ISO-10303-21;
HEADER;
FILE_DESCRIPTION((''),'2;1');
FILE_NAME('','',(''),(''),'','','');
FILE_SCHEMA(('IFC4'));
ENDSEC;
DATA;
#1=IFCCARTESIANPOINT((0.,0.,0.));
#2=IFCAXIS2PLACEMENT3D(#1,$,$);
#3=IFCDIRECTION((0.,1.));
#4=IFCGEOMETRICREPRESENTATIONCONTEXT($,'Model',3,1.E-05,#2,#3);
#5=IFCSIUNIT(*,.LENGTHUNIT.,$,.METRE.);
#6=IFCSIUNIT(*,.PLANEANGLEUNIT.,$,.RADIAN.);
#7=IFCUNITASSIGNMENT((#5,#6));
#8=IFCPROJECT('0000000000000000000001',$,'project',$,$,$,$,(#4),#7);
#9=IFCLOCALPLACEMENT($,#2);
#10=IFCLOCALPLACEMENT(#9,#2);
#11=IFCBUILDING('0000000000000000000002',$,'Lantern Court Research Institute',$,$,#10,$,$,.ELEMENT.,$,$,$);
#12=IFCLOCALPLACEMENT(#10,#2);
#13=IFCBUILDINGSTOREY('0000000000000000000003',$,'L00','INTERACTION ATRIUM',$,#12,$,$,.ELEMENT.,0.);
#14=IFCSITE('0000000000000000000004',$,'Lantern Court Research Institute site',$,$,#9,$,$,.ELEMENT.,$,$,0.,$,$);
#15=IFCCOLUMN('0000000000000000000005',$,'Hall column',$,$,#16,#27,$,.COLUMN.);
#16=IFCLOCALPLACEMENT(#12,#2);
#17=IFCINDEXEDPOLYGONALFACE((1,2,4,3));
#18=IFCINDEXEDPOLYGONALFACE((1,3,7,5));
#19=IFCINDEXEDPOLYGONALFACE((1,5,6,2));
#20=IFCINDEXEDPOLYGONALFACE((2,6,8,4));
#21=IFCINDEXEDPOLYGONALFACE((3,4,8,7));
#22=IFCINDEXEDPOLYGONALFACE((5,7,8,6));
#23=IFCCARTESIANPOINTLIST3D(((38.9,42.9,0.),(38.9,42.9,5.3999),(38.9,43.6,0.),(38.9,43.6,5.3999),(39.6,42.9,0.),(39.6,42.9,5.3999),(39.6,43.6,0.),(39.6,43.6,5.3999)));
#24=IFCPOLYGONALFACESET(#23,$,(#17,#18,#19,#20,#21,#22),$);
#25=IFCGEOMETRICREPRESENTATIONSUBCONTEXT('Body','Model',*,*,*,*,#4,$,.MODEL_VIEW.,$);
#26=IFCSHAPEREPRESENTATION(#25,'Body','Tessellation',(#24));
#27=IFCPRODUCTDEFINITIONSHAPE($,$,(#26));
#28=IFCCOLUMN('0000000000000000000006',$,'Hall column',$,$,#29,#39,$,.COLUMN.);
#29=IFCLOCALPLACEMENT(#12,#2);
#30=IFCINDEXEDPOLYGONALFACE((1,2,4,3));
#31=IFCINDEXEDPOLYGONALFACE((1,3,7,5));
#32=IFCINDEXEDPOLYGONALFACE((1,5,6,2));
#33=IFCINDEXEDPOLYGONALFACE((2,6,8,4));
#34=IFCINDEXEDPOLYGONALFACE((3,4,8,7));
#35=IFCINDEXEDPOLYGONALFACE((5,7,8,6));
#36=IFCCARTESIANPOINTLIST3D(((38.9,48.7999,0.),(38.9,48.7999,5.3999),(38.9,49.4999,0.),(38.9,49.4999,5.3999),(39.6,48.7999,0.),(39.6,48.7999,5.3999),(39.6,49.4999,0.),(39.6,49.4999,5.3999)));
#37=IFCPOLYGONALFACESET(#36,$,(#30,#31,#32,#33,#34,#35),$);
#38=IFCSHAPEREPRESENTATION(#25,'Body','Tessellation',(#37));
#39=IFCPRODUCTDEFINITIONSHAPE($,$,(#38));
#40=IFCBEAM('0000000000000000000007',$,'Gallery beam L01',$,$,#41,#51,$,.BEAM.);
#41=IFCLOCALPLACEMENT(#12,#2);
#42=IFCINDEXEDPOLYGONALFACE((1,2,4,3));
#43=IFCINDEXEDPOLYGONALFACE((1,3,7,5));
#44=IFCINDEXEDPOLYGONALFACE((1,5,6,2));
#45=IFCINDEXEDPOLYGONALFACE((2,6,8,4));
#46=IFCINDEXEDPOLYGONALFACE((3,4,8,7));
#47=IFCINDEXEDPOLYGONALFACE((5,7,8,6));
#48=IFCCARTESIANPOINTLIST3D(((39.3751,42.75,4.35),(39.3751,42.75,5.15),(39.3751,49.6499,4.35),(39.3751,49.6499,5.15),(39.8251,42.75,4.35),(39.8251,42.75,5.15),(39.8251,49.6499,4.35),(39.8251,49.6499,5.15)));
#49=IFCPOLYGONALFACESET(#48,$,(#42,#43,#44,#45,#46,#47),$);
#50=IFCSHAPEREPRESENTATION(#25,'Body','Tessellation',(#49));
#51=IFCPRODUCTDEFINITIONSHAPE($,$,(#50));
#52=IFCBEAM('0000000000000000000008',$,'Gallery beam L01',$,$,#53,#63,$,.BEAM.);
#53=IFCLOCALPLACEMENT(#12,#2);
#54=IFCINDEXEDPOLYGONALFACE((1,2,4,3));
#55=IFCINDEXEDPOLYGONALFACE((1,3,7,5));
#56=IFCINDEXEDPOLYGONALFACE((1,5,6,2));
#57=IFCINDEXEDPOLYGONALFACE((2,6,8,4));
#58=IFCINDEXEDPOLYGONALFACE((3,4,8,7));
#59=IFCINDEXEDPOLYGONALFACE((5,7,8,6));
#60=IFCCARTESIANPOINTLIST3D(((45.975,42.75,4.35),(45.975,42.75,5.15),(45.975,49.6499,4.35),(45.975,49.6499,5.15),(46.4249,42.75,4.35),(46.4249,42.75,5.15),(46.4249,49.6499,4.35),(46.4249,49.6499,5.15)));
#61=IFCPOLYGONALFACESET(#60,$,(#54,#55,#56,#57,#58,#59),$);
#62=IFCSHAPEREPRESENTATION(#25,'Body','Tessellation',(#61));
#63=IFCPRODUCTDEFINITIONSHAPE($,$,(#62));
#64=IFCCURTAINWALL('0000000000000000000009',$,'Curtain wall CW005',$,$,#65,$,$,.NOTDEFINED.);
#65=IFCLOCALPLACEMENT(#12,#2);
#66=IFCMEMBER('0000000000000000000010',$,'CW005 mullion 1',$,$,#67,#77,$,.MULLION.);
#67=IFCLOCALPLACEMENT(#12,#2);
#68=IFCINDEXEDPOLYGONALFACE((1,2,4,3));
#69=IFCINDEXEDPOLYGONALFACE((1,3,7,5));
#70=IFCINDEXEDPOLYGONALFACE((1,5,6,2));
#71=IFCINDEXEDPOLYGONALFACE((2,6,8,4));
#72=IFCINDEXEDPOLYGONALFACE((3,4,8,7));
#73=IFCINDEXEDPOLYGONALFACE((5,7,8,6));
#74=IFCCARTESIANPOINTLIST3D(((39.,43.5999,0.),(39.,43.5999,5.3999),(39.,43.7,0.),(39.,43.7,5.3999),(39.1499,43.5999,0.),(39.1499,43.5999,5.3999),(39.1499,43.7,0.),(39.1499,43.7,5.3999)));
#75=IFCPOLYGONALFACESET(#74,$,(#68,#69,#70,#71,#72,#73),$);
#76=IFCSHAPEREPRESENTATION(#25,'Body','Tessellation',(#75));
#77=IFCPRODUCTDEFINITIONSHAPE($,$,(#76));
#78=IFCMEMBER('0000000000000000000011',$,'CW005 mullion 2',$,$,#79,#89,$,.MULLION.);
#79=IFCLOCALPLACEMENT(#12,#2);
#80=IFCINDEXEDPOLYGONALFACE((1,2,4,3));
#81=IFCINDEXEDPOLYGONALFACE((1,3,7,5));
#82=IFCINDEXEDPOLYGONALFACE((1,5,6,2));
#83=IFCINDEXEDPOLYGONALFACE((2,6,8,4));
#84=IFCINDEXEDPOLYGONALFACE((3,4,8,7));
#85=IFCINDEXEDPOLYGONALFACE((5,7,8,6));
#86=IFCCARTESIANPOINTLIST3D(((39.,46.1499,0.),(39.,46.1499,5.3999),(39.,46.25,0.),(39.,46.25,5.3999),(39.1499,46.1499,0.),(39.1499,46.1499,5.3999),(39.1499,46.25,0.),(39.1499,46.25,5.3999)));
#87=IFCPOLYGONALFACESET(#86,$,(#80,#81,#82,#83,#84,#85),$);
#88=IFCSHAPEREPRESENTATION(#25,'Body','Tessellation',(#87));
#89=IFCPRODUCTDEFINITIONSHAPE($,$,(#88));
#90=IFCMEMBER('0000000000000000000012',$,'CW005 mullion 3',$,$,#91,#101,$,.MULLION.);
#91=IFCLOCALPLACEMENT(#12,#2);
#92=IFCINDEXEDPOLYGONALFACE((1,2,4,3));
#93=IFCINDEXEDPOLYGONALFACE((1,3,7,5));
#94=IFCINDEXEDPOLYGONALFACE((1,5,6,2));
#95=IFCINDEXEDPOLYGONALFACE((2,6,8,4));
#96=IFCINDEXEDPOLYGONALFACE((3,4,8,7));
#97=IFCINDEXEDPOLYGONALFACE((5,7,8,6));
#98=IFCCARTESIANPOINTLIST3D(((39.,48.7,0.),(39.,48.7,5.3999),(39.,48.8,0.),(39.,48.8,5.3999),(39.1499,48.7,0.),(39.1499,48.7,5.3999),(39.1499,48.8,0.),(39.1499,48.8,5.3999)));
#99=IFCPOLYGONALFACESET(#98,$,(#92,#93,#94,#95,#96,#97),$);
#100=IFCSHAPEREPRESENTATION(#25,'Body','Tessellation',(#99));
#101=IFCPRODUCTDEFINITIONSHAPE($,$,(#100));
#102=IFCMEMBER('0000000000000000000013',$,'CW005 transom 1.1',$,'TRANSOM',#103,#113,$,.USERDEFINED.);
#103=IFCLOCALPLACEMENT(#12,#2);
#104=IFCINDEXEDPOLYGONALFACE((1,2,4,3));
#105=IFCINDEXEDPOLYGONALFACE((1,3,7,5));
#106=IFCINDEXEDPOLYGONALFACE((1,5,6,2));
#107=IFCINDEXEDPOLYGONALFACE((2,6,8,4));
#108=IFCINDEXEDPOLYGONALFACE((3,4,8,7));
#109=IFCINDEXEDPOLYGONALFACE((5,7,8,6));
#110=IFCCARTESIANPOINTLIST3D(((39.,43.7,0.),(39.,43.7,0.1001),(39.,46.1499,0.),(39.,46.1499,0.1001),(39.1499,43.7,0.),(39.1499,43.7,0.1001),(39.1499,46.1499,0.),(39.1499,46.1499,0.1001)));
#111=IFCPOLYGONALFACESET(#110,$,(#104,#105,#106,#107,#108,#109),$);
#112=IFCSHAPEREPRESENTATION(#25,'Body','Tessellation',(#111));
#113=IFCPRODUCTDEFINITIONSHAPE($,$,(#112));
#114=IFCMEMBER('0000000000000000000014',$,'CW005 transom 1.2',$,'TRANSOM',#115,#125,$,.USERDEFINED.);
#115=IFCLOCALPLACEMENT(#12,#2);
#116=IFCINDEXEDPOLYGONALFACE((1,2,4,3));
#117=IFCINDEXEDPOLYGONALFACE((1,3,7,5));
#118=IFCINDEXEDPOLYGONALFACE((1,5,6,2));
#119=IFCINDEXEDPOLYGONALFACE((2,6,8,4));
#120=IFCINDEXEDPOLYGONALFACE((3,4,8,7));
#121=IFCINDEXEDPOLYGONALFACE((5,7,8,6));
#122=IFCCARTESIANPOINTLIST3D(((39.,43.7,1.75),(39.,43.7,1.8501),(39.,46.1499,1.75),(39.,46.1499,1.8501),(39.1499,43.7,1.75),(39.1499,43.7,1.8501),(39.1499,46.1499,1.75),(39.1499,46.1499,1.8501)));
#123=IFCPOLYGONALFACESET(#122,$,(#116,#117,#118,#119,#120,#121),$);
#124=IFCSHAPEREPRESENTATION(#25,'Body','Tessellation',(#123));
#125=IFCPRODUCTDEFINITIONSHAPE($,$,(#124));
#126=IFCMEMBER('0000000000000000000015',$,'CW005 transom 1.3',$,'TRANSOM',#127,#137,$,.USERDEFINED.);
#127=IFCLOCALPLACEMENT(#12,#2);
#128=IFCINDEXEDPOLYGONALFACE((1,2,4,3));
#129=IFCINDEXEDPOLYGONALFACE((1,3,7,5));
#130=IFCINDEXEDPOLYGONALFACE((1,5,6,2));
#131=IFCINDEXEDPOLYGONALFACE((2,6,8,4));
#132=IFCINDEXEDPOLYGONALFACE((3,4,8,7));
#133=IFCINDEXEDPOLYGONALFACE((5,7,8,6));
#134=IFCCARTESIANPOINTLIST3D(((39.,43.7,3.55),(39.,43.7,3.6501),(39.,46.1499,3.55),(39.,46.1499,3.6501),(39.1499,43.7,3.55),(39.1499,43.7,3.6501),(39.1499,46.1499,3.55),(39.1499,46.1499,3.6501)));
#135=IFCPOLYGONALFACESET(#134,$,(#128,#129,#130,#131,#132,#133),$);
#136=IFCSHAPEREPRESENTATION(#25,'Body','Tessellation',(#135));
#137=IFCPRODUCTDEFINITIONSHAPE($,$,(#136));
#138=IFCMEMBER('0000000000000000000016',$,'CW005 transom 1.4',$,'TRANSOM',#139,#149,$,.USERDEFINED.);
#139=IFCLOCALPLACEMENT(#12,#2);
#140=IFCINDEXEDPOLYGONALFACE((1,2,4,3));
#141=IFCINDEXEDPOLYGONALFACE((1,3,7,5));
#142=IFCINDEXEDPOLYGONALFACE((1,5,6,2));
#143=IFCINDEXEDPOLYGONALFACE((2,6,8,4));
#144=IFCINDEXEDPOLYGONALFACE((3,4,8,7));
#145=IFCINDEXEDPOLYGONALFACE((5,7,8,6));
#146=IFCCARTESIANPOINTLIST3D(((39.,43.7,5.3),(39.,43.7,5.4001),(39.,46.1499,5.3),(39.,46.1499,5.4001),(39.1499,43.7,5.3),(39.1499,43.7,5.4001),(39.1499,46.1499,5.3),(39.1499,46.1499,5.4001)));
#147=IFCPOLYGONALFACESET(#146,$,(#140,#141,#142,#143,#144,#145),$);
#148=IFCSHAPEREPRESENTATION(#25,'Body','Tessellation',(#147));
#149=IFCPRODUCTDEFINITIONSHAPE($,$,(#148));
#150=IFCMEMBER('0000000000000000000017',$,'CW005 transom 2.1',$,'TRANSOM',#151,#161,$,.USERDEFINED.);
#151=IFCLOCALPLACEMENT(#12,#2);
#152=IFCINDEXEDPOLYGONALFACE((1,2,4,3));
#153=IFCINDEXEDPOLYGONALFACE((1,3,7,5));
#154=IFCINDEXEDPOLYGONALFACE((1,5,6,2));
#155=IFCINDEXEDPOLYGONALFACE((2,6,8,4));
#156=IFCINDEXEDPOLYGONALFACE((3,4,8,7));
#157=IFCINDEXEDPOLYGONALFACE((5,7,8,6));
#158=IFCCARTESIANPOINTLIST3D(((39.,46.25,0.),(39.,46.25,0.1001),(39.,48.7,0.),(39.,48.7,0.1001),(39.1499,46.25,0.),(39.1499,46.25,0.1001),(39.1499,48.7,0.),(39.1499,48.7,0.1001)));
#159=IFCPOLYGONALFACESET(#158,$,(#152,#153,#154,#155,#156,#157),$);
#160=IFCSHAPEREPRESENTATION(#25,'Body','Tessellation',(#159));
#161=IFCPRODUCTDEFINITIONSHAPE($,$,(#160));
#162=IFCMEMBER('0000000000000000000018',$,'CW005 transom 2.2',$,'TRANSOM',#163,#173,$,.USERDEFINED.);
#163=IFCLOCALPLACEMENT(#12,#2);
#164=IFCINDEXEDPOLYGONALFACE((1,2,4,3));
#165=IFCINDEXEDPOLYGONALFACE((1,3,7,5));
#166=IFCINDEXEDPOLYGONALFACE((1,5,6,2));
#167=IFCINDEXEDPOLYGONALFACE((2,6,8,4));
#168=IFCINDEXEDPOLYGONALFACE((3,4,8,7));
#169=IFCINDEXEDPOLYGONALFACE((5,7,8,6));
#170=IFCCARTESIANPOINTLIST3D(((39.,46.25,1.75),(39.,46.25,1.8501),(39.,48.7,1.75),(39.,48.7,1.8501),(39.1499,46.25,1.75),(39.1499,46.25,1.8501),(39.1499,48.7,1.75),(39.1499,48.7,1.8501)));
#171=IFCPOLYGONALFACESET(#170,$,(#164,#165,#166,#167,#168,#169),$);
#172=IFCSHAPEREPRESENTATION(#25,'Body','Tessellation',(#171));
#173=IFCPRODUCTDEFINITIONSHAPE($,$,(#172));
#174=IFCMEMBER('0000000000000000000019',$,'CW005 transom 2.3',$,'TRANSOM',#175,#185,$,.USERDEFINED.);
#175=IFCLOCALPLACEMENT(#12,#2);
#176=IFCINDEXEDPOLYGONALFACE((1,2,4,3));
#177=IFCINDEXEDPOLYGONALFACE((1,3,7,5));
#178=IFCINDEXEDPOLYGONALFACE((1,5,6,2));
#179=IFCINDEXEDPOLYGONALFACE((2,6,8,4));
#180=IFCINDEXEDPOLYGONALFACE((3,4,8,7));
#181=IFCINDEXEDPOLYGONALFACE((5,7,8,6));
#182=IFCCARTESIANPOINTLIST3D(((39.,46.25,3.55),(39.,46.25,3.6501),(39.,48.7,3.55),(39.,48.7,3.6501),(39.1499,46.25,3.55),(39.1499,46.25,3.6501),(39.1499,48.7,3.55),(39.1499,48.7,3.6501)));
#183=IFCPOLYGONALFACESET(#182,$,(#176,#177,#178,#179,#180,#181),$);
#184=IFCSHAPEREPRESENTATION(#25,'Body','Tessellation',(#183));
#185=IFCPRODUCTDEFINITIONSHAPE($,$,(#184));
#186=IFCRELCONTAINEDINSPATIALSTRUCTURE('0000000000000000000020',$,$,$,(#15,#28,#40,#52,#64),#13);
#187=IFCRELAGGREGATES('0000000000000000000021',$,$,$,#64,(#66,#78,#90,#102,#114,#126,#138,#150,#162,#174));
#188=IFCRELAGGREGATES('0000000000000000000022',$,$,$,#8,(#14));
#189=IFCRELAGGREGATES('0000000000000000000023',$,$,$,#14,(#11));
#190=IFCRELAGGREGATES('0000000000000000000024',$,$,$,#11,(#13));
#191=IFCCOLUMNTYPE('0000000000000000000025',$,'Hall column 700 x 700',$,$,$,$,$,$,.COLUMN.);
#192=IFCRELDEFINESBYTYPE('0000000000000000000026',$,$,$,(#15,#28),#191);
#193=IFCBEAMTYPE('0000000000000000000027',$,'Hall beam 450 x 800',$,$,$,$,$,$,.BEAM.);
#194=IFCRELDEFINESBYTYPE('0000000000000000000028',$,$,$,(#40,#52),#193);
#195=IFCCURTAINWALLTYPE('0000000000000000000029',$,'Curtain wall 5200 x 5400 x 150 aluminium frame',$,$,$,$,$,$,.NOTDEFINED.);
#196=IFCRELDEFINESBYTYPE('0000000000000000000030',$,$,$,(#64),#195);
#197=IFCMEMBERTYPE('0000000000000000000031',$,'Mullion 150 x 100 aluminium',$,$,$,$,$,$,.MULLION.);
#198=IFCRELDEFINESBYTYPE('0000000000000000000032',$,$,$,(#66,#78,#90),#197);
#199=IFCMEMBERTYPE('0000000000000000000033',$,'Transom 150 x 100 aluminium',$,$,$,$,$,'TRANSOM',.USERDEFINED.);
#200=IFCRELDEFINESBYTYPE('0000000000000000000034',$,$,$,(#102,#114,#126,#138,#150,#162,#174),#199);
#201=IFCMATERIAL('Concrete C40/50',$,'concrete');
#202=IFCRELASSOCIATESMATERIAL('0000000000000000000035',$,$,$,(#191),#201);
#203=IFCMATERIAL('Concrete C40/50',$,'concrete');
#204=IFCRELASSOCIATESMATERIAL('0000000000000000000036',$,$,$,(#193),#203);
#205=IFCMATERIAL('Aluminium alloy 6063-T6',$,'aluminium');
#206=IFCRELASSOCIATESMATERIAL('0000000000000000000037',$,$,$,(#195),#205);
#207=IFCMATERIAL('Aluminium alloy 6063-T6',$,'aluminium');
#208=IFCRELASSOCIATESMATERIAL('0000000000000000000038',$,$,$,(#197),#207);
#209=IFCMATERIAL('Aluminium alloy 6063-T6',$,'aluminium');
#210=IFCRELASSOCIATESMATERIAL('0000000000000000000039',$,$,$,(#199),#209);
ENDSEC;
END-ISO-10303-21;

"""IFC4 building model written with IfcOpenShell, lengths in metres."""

from ifc_helpers import new_model, si_unit, direction, frame, origin, origin_2d, place, context, subcontext, project, spatial, rectangle, extrude, material, material_profile, profile_set, type_object, element, aggregate, save


model = new_model("IFC4")

# Units and contexts
model_context = context("Model", 3, precision=1e-05, world=origin(), true_north=direction((0.0, 1.0)))
body_context = subcontext(model_context, "Body", "Model", "MODEL_VIEW")
ifc_project = project(units=[si_unit("LENGTHUNIT", "METRE"), si_unit("PLANEANGLEUNIT", "RADIAN")], contexts=[model_context])

# Site, building, storey
site_placement = place(None, origin())
site = spatial("IfcSite", under=ifc_project, at=site_placement, Name="Lantern Court Research Institute site", CompositionType="ELEMENT", RefElevation=0.0)
building_placement = place(site_placement, origin())
building = spatial("IfcBuilding", under=site, at=building_placement, Name="Lantern Court Research Institute", CompositionType="ELEMENT")
storey_placement = place(building_placement, origin())
storey = spatial("IfcBuildingStorey", under=building, at=storey_placement, Name="L00", Description="INTERACTION ATRIUM", CompositionType="ELEMENT", Elevation=0.0)

# Columns
ifc_material_1 = material(Name="Concrete C40/50", Category="concrete")
ifc_material_profile_1 = material_profile(ifc_material_1, rectangle(XDim=0.7, YDim=0.7, at=origin_2d()), Name="Hall column 700 x 700")
ifc_profile_set_1 = profile_set([ifc_material_profile_1], Name="Concrete C40/50")
column_type = type_object("IfcColumnType", Name="Hall column 700 x 700", PredefinedType="COLUMN", material=ifc_profile_set_1)
for number, where, z_axis, x_axis, name in (
    (1, (39.25, 43.25, 0.0), (0.0, 0.0, 1.0), (1.0, 0.0, 0.0), "Hall column"),
    (2, (39.25, 49.1499, 0.0), (0.0, 0.0, 1.0), (1.0, 0.0, 0.0), "Hall column"),
):
    element("IfcColumn", number, at=place(storey_placement, frame(where, z_axis=z_axis, x_axis=x_axis)), inside=storey, type_object=column_type, Name=name, PredefinedType="COLUMN", context=body_context, shape_type="SweptSolid", body=[
        extrude(rectangle(XDim=0.7, YDim=0.7, at=origin_2d()), origin(), (0.0, 0.0, 1.0), 5.3999),
    ])

# Beams
ifc_material_2 = material(Name="Concrete C40/50", Category="concrete")
ifc_material_profile_2 = material_profile(ifc_material_2, rectangle(XDim=0.45, YDim=0.8, at=origin_2d()), Name="Hall beam 450 x 800")
ifc_profile_set_2 = profile_set([ifc_material_profile_2], Name="Concrete C40/50")
beam_type = type_object("IfcBeamType", Name="Hall beam 450 x 800", PredefinedType="BEAM", material=ifc_profile_set_2)
for number, where, z_axis, x_axis, name in (
    (3, (39.6001, 42.75, 4.75), (0.0, 1.0, 0.0), (-1.0, 0.0, 0.0), "Gallery beam L01"),
    (4, (46.2, 42.75, 4.75), (0.0, 1.0, 0.0), (-1.0, 0.0, 0.0), "Gallery beam L01"),
):
    element("IfcBeam", number, at=place(storey_placement, frame(where, z_axis=z_axis, x_axis=x_axis)), inside=storey, type_object=beam_type, Name=name, PredefinedType="BEAM", context=body_context, shape_type="SweptSolid", body=[
        extrude(rectangle(XDim=0.45, YDim=0.8, at=origin_2d()), origin(), (0.0, 0.0, 1.0), 6.8999),
    ])

# Curtain wall, members
ifc_material_3 = material(Name="Aluminium alloy 6063-T6", Category="aluminium")
curtain_wall_type = type_object("IfcCurtainWallType", Name="Curtain wall 5200 x 5400 x 150 aluminium frame", PredefinedType="NOTDEFINED", material=ifc_material_3)
curtain_wall_placement = place(storey_placement, origin())
curtain_wall = element("IfcCurtainWall", 5, at=curtain_wall_placement, inside=storey, type_object=curtain_wall_type, Name="Curtain wall CW005", PredefinedType="NOTDEFINED")
ifc_material_4 = material(Name="Aluminium alloy 6063-T6", Category="aluminium")
ifc_material_profile_3 = material_profile(ifc_material_4, rectangle(XDim=0.1499, YDim=0.1001, at=origin_2d()), Name="Mullion 150 x 100")
ifc_profile_set_3 = profile_set([ifc_material_profile_3], Name="Aluminium alloy 6063-T6")
member_type_1 = type_object("IfcMemberType", Name="Mullion 150 x 100 aluminium", PredefinedType="MULLION", material=ifc_profile_set_3)
member_1_placement = place(storey_placement, frame((39.075, 43.6499, 0.0), z_axis=(0.0, 0.0, 1.0), x_axis=(-1.0, 0.0, 0.0)))
member_1 = element("IfcMember", 6, at=member_1_placement, type_object=member_type_1, Name="CW005 mullion 1", PredefinedType="MULLION", context=body_context, shape_type="SweptSolid", body=[
    extrude(rectangle(XDim=0.1499, YDim=0.1001, at=origin_2d()), origin(), (0.0, 0.0, 1.0), 5.3999),
])
member_2_placement = place(storey_placement, frame((39.075, 46.2, 0.0), z_axis=(0.0, 0.0, 1.0), x_axis=(-1.0, 0.0, 0.0)))
member_2 = element("IfcMember", 7, at=member_2_placement, type_object=member_type_1, Name="CW005 mullion 2", PredefinedType="MULLION", context=body_context, shape_type="SweptSolid", body=[
    extrude(rectangle(XDim=0.1499, YDim=0.1001, at=origin_2d()), origin(), (0.0, 0.0, 1.0), 5.3999),
])
member_3_placement = place(storey_placement, frame((39.075, 48.75, 0.0), z_axis=(0.0, 0.0, 1.0), x_axis=(-1.0, 0.0, 0.0)))
member_3 = element("IfcMember", 8, at=member_3_placement, type_object=member_type_1, Name="CW005 mullion 3", PredefinedType="MULLION", context=body_context, shape_type="SweptSolid", body=[
    extrude(rectangle(XDim=0.1499, YDim=0.1001, at=origin_2d()), origin(), (0.0, 0.0, 1.0), 5.3999),
])
ifc_material_5 = material(Name="Aluminium alloy 6063-T6", Category="aluminium")
ifc_material_profile_4 = material_profile(ifc_material_5, rectangle(XDim=0.1499, YDim=0.1001, at=origin_2d()), Name="Transom 150 x 100")
ifc_profile_set_4 = profile_set([ifc_material_profile_4], Name="Aluminium alloy 6063-T6")
member_type_2 = type_object("IfcMemberType", Name="Transom 150 x 100 aluminium", ElementType="TRANSOM", PredefinedType="USERDEFINED", material=ifc_profile_set_4)
member_4_placement = place(storey_placement, frame((39.075, 43.7, 0.05), z_axis=(0.0, 1.0, 0.0), x_axis=(-1.0, 0.0, 0.0)))
member_4 = element("IfcMember", 9, at=member_4_placement, type_object=member_type_2, Name="CW005 transom 1.1", ObjectType="TRANSOM", PredefinedType="USERDEFINED", context=body_context, shape_type="SweptSolid", body=[
    extrude(rectangle(XDim=0.1499, YDim=0.1001, at=origin_2d()), origin(), (0.0, 0.0, 1.0), 2.45),
])
member_5_placement = place(storey_placement, frame((39.075, 43.7, 1.8), z_axis=(0.0, 1.0, 0.0), x_axis=(-1.0, 0.0, 0.0)))
member_5 = element("IfcMember", 10, at=member_5_placement, type_object=member_type_2, Name="CW005 transom 1.2", ObjectType="TRANSOM", PredefinedType="USERDEFINED", context=body_context, shape_type="SweptSolid", body=[
    extrude(rectangle(XDim=0.1499, YDim=0.1001, at=origin_2d()), origin(), (0.0, 0.0, 1.0), 2.45),
])
member_6_placement = place(storey_placement, frame((39.075, 43.7, 3.6001), z_axis=(0.0, 1.0, 0.0), x_axis=(-1.0, 0.0, 0.0)))
member_6 = element("IfcMember", 11, at=member_6_placement, type_object=member_type_2, Name="CW005 transom 1.3", ObjectType="TRANSOM", PredefinedType="USERDEFINED", context=body_context, shape_type="SweptSolid", body=[
    extrude(rectangle(XDim=0.1499, YDim=0.1001, at=origin_2d()), origin(), (0.0, 0.0, 1.0), 2.45),
])
member_7_placement = place(storey_placement, frame((39.075, 43.7, 5.3501), z_axis=(0.0, 1.0, 0.0), x_axis=(-1.0, 0.0, 0.0)))
member_7 = element("IfcMember", 12, at=member_7_placement, type_object=member_type_2, Name="CW005 transom 1.4", ObjectType="TRANSOM", PredefinedType="USERDEFINED", context=body_context, shape_type="SweptSolid", body=[
    extrude(rectangle(XDim=0.1499, YDim=0.1001, at=origin_2d()), origin(), (0.0, 0.0, 1.0), 2.45),
])
member_8_placement = place(storey_placement, frame((39.075, 46.25, 0.05), z_axis=(0.0, 1.0, 0.0), x_axis=(-1.0, 0.0, 0.0)))
member_8 = element("IfcMember", 13, at=member_8_placement, type_object=member_type_2, Name="CW005 transom 2.1", ObjectType="TRANSOM", PredefinedType="USERDEFINED", context=body_context, shape_type="SweptSolid", body=[
    extrude(rectangle(XDim=0.1499, YDim=0.1001, at=origin_2d()), origin(), (0.0, 0.0, 1.0), 2.45),
])
member_9_placement = place(storey_placement, frame((39.075, 46.25, 1.8), z_axis=(0.0, 1.0, 0.0), x_axis=(-1.0, 0.0, 0.0)))
member_9 = element("IfcMember", 14, at=member_9_placement, type_object=member_type_2, Name="CW005 transom 2.2", ObjectType="TRANSOM", PredefinedType="USERDEFINED", context=body_context, shape_type="SweptSolid", body=[
    extrude(rectangle(XDim=0.1499, YDim=0.1001, at=origin_2d()), origin(), (0.0, 0.0, 1.0), 2.45),
])
member_10_placement = place(storey_placement, frame((39.075, 46.25, 3.6001), z_axis=(0.0, 1.0, 0.0), x_axis=(-1.0, 0.0, 0.0)))
member_10 = element("IfcMember", 15, at=member_10_placement, type_object=member_type_2, Name="CW005 transom 2.3", ObjectType="TRANSOM", PredefinedType="USERDEFINED", context=body_context, shape_type="SweptSolid", body=[
    extrude(rectangle(XDim=0.1499, YDim=0.1001, at=origin_2d()), origin(), (0.0, 0.0, 1.0), 2.45),
])
aggregate(curtain_wall, [member_1, member_2, member_3, member_4, member_5, member_6, member_7, member_8, member_9, member_10])

save(model, "model.ifc")
